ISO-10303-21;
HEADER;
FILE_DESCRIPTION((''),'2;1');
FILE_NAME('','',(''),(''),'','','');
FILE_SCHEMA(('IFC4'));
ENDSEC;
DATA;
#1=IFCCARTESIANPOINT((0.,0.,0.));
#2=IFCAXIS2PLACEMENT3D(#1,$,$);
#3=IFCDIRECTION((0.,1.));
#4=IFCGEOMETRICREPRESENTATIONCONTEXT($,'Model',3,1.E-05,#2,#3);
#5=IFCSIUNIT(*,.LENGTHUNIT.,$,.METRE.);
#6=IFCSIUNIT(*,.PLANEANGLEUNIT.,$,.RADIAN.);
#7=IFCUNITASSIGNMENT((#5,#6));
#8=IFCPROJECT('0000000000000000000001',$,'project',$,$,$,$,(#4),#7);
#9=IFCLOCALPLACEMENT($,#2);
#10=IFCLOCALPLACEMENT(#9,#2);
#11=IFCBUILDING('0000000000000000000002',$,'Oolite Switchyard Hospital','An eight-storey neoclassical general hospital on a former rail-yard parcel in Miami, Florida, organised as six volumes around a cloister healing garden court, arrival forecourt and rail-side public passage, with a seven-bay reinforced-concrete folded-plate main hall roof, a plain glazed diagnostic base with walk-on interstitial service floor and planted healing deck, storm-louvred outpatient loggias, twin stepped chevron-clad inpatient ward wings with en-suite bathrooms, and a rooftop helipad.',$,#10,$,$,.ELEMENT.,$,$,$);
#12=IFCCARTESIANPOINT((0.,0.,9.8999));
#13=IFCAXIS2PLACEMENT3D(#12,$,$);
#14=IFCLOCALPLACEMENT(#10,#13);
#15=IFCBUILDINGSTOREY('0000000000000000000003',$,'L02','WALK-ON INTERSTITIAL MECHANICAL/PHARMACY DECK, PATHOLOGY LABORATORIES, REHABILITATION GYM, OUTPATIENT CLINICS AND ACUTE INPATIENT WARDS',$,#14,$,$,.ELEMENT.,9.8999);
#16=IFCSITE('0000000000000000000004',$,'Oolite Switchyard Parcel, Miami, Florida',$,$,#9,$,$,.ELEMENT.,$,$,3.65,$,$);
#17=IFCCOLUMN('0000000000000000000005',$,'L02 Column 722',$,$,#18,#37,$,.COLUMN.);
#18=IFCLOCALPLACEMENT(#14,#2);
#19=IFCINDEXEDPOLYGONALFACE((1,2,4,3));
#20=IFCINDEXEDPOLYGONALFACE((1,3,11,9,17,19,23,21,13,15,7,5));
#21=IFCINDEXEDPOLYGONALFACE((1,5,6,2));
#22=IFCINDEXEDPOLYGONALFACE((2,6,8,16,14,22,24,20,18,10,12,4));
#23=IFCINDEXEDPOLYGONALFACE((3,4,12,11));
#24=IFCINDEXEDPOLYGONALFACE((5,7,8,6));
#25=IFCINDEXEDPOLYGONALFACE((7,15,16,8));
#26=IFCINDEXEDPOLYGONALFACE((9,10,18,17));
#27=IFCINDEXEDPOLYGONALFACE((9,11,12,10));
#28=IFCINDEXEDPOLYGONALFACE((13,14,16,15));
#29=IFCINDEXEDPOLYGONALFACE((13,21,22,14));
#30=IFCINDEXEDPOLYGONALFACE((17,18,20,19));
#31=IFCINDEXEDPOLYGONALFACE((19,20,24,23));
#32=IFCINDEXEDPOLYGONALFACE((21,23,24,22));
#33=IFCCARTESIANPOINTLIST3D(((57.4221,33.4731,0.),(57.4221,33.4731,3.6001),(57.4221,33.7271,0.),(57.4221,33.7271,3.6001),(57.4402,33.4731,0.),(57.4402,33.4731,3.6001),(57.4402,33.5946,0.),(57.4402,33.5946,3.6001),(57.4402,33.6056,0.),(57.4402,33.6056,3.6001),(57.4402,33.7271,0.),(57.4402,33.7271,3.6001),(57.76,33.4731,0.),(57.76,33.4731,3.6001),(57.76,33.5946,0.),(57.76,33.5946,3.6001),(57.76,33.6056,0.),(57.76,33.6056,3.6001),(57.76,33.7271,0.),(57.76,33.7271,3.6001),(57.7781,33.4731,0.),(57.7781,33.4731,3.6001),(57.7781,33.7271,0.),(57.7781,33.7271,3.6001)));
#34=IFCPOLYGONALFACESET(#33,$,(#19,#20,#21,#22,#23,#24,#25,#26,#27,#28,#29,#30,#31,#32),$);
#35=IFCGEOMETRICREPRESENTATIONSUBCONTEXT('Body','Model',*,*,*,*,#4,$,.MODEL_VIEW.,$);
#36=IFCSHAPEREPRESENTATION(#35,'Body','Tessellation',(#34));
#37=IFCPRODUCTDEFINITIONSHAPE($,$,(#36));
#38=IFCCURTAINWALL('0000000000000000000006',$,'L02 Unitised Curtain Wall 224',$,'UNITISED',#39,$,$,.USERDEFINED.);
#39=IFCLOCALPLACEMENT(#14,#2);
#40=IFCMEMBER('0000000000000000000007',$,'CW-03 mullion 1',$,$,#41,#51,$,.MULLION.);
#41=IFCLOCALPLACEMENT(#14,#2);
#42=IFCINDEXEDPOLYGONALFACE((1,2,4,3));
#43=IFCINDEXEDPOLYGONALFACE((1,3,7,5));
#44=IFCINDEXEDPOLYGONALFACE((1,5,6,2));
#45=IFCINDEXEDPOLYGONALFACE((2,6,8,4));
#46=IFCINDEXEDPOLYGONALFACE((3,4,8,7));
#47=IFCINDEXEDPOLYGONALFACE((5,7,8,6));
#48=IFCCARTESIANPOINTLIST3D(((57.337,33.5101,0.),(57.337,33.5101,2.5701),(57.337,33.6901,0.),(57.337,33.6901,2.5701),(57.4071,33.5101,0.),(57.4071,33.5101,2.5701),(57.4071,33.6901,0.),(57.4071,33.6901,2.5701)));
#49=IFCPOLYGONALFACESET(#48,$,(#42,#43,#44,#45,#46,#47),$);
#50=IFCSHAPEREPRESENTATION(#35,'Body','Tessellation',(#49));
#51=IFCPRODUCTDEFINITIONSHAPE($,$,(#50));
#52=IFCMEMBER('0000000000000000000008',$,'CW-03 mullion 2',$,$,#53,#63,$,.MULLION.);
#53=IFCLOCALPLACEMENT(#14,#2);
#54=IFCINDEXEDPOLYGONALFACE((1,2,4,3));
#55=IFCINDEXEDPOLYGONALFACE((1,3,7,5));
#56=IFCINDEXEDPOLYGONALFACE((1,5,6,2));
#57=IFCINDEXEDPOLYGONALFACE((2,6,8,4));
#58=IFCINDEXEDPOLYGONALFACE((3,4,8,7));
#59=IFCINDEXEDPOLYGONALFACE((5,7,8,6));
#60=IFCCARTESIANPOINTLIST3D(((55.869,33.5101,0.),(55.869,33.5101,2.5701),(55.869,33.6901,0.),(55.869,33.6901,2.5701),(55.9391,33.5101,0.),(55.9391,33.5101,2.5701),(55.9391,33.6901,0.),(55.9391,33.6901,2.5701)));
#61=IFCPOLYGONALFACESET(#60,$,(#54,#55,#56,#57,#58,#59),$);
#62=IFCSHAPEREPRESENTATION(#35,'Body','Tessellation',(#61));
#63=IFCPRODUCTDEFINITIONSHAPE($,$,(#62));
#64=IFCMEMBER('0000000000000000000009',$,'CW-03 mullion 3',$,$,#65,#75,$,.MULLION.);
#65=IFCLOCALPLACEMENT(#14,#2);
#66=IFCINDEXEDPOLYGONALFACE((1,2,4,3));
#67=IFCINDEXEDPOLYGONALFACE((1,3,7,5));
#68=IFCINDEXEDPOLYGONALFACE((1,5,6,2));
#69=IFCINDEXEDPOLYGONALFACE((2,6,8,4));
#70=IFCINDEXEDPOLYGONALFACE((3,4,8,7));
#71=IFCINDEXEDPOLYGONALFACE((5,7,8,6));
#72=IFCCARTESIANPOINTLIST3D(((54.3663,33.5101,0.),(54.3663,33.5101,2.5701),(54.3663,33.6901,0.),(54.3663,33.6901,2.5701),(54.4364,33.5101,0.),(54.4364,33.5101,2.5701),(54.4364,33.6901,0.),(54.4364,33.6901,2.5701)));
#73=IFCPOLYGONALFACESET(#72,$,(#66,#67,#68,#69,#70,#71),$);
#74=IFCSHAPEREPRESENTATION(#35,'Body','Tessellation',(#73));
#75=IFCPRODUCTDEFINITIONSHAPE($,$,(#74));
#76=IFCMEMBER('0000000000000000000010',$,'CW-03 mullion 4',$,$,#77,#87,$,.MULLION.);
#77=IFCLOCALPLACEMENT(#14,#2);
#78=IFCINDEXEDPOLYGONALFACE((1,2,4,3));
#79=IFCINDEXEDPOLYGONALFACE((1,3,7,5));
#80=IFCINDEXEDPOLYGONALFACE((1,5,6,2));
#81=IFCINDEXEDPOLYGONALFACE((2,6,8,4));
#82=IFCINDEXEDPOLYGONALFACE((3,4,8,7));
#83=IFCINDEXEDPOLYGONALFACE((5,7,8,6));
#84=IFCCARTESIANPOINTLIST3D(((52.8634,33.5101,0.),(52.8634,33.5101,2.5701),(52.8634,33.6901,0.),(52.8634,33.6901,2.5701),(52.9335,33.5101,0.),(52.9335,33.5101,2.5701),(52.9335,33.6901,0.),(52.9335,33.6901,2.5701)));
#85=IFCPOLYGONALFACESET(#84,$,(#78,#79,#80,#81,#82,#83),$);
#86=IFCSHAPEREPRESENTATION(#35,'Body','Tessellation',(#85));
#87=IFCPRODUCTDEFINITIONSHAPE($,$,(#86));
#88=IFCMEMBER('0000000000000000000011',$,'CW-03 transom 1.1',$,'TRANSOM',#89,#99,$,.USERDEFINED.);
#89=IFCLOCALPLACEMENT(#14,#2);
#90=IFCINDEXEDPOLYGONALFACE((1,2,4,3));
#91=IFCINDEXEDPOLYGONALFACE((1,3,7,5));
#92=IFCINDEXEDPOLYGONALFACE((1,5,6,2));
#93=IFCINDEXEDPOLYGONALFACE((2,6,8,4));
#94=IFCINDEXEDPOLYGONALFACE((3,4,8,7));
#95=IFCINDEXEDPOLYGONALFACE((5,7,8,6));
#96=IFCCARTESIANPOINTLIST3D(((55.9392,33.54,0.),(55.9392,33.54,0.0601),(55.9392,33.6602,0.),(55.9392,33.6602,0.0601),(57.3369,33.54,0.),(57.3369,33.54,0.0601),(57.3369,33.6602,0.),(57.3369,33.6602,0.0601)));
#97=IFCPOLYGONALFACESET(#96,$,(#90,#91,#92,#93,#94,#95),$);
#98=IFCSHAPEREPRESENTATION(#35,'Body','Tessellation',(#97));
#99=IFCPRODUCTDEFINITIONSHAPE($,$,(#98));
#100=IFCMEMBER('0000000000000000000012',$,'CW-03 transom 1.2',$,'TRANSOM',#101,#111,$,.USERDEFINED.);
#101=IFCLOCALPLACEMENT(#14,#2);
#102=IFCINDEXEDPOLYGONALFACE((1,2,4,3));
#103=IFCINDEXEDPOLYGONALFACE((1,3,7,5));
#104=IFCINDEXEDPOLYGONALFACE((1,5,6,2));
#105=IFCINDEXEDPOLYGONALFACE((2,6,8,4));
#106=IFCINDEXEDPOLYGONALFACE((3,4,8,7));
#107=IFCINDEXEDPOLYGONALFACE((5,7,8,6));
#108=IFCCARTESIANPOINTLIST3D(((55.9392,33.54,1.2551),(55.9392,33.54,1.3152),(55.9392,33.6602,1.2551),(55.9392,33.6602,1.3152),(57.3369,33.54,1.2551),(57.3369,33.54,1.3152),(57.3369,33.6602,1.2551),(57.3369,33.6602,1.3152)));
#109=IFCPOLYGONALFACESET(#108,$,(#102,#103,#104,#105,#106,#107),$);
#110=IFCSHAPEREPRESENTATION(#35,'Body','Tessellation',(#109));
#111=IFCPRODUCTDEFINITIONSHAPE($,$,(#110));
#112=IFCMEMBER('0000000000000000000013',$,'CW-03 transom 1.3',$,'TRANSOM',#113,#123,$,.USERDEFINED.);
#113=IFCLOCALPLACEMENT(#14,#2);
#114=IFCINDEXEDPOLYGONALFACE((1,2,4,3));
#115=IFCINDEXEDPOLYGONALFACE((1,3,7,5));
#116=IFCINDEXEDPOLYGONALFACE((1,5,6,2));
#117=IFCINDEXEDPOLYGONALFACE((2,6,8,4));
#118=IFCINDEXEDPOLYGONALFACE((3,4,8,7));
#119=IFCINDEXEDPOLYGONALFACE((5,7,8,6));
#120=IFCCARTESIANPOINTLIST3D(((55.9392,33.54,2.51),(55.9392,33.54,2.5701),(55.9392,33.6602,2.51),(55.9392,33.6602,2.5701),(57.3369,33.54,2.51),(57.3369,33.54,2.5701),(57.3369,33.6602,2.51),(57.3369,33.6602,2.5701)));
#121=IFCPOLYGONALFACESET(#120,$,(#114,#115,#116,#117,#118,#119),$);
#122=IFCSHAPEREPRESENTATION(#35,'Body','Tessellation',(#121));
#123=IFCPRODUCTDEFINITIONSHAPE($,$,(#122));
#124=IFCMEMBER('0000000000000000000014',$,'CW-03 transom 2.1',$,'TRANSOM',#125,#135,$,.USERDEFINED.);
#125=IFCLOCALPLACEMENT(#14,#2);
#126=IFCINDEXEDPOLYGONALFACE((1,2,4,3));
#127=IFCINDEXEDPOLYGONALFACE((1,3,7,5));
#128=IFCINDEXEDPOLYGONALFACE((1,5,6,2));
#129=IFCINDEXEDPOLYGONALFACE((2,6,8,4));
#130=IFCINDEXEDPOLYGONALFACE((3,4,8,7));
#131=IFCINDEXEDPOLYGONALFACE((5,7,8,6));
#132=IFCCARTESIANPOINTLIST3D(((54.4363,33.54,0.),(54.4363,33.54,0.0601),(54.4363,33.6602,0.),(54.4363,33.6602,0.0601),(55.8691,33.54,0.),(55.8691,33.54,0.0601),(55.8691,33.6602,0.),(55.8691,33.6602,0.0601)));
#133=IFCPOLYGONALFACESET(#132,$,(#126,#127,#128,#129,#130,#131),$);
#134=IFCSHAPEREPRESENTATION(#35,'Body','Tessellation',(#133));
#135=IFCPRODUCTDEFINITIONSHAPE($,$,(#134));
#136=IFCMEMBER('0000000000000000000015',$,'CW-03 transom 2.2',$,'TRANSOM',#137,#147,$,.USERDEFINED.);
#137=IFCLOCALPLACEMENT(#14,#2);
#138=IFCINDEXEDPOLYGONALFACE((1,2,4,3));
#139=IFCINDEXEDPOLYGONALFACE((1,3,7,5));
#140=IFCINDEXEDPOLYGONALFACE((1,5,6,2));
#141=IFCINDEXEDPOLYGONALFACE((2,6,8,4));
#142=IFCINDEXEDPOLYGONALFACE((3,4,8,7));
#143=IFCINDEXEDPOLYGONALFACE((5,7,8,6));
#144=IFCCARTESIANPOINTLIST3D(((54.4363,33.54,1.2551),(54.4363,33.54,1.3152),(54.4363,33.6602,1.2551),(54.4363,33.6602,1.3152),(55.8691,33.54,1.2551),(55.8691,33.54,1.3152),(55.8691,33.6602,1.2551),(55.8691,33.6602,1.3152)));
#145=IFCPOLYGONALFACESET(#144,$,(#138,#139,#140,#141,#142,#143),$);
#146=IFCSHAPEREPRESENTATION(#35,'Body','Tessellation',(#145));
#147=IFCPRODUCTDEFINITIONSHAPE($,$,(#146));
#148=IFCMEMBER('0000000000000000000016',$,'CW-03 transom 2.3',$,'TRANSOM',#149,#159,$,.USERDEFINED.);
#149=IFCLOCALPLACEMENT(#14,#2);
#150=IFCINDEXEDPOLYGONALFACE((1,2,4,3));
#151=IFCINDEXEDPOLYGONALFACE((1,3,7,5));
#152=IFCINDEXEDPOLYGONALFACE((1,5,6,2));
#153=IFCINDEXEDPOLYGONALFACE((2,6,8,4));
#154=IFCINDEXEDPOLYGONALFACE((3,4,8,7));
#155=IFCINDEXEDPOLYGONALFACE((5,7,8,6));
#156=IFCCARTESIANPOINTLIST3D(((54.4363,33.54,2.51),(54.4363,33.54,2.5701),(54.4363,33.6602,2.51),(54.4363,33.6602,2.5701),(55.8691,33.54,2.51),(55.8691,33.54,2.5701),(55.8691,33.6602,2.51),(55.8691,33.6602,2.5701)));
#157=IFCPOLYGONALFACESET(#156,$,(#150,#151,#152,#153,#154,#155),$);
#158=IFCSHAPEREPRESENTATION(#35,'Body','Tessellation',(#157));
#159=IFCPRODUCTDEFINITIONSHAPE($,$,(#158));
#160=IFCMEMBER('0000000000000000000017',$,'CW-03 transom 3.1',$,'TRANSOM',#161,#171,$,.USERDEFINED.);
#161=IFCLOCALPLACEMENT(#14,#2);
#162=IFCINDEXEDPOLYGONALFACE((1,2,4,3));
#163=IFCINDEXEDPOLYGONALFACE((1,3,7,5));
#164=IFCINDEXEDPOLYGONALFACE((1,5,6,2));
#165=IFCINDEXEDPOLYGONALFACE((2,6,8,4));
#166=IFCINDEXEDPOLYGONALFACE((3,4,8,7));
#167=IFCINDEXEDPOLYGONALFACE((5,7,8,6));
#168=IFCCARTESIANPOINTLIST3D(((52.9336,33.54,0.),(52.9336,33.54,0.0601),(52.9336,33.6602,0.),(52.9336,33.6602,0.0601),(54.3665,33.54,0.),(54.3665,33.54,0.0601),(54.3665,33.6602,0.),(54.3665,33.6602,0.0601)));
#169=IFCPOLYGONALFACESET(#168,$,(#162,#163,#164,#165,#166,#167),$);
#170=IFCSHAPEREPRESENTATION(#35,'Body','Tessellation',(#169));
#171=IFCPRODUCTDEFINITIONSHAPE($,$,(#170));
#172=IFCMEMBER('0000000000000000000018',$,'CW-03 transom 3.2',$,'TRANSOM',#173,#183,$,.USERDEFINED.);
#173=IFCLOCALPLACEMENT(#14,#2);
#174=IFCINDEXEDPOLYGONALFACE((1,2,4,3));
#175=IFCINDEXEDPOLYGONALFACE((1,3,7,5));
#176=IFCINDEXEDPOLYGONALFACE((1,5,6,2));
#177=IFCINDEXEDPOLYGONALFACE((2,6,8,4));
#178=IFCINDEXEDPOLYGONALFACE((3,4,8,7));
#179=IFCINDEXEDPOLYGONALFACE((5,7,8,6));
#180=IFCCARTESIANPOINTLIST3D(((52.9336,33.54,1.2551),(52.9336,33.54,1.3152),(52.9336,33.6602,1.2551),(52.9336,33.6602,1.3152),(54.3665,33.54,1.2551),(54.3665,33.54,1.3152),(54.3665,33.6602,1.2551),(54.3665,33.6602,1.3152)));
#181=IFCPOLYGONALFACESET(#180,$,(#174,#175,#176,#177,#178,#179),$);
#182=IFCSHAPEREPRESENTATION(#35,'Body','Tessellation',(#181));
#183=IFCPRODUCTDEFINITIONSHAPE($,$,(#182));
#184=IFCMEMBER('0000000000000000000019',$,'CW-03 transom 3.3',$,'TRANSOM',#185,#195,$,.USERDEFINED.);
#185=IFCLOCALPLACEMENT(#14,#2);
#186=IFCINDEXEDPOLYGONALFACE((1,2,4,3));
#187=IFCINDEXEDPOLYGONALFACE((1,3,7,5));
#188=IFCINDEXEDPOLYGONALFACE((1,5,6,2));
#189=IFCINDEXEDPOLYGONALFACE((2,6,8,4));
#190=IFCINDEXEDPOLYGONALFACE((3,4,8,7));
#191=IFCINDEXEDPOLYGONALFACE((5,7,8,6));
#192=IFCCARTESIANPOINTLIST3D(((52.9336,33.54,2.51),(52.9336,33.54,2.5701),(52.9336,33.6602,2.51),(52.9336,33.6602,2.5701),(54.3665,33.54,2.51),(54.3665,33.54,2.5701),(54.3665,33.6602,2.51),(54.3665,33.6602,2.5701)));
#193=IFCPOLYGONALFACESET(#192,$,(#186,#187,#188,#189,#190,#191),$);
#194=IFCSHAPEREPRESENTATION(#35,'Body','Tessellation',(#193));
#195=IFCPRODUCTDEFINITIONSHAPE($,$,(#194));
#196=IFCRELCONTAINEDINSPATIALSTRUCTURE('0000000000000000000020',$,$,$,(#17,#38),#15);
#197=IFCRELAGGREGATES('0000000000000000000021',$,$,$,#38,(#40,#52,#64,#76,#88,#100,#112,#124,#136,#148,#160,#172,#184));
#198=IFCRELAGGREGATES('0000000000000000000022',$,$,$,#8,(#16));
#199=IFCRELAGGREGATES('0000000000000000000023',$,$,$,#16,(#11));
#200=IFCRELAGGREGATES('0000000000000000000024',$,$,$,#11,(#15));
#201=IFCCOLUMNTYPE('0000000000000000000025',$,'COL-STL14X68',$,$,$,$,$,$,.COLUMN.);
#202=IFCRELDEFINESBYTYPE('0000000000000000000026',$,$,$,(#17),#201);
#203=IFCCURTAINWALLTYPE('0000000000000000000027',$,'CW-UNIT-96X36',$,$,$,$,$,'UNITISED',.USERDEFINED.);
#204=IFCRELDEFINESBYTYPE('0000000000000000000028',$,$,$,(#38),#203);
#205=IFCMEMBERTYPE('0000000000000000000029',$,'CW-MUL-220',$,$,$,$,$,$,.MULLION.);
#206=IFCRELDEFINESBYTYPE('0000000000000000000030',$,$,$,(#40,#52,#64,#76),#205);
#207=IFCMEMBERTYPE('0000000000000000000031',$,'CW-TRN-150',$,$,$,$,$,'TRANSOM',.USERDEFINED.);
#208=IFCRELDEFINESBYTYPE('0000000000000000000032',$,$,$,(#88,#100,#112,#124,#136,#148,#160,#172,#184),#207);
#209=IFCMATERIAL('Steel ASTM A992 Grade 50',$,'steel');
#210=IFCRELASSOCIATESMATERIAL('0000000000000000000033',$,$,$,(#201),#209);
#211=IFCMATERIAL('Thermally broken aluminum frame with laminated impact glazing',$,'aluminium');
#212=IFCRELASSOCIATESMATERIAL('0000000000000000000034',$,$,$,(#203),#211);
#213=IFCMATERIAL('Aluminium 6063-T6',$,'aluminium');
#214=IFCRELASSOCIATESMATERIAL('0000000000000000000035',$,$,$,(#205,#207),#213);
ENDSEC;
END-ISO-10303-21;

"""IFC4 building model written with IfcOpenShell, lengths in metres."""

from ifc_helpers import new_model, si_unit, direction, frame, origin, origin_2d, place, context, subcontext, project, spatial, rectangle, i_section, extrude, material, material_profile, profile_set, type_object, element, aggregate, save


model = new_model("IFC4")

# Units and contexts
model_context = context("Model", 3, precision=1e-05, world=origin(), true_north=direction((0.0, 1.0)))
body_context = subcontext(model_context, "Body", "Model", "MODEL_VIEW")
ifc_project = project(units=[si_unit("LENGTHUNIT", "METRE"), si_unit("PLANEANGLEUNIT", "RADIAN")], contexts=[model_context])

# Site, building, storey
site_placement = place(None, origin())
site = spatial("IfcSite", under=ifc_project, at=site_placement, Name="Oolite Switchyard Parcel, Miami, Florida", CompositionType="ELEMENT", RefElevation=3.65)
building_placement = place(site_placement, origin())
building = spatial("IfcBuilding", under=site, at=building_placement, Name="Oolite Switchyard Hospital", Description="An eight-storey neoclassical general hospital on a former rail-yard parcel in Miami, Florida, organised as six volumes around a cloister healing garden court, arrival forecourt and rail-side public passage, with a seven-bay reinforced-concrete folded-plate main hall roof, a plain glazed diagnostic base with walk-on interstitial service floor and planted healing deck, storm-louvred outpatient loggias, twin stepped chevron-clad inpatient ward wings with en-suite bathrooms, and a rooftop helipad.", CompositionType="ELEMENT")
storey_placement = place(building_placement, frame((0.0, 0.0, 9.8999)))
storey = spatial("IfcBuildingStorey", under=building, at=storey_placement, Name="L02", Description="WALK-ON INTERSTITIAL MECHANICAL/PHARMACY DECK, PATHOLOGY LABORATORIES, REHABILITATION GYM, OUTPATIENT CLINICS AND ACUTE INPATIENT WARDS", CompositionType="ELEMENT", Elevation=9.8999)

# Column
ifc_material_1 = material(Name="Steel ASTM A992 Grade 50", Category="steel")
ifc_material_profile_1 = material_profile(ifc_material_1, i_section(OverallWidth=0.2539, OverallDepth=0.356, WebThickness=0.011, FlangeThickness=0.0181, at=origin_2d()), Name="W14X68")
ifc_profile_set_1 = profile_set([ifc_material_profile_1], Name="Steel ASTM A992 Grade 50")
column_type = type_object("IfcColumnType", Name="COL-STL14X68", PredefinedType="COLUMN", material=ifc_profile_set_1)
column_placement = place(storey_placement, frame((57.6001, 33.6001, 0.0), z_axis=(0.0, 0.0, 1.0), x_axis=(0.0, -1.0, 0.0)))
element("IfcColumn", 1, at=column_placement, inside=storey, type_object=column_type, Name="L02 Column 722", PredefinedType="COLUMN", context=body_context, shape_type="SweptSolid", body=[
    extrude(i_section(OverallWidth=0.2539, OverallDepth=0.356, WebThickness=0.011, FlangeThickness=0.0181, at=origin_2d()), origin(), (0.0, 0.0, 1.0), 3.6001),
])

# Curtain wall, members
ifc_material_2 = material(Name="Thermally broken aluminum frame with laminated impact glazing", Category="aluminium")
curtain_wall_type = type_object("IfcCurtainWallType", Name="CW-UNIT-96X36", ElementType="UNITISED", PredefinedType="USERDEFINED", material=ifc_material_2)
curtain_wall_placement = place(storey_placement, origin())
curtain_wall = element("IfcCurtainWall", 2, at=curtain_wall_placement, inside=storey, type_object=curtain_wall_type, Name="L02 Unitised Curtain Wall 224", ObjectType="UNITISED", PredefinedType="USERDEFINED")
ifc_material_3 = material(Name="Aluminium 6063-T6", Category="aluminium")
ifc_material_profile_2 = material_profile(ifc_material_3, rectangle(XDim=0.1799, YDim=0.0701, at=origin_2d()), Name="CWM70X180")
ifc_profile_set_2 = profile_set([ifc_material_profile_2], Name="Aluminium 6063-T6")
member_type_1 = type_object("IfcMemberType", Name="CW-MUL-220", PredefinedType="MULLION", material=ifc_profile_set_2)
member_1_placement = place(storey_placement, frame((57.3721, 33.6001, 0.0), z_axis=(0.0, 0.0, 1.0), x_axis=(0.0, -1.0, 0.0)))
member_1 = element("IfcMember", 3, at=member_1_placement, type_object=member_type_1, Name="CW-03 mullion 1", PredefinedType="MULLION", context=body_context, shape_type="SweptSolid", body=[
    extrude(rectangle(XDim=0.1799, YDim=0.0701, at=origin_2d()), origin(), (0.0, 0.0, 1.0), 2.5701),
])
member_2_placement = place(storey_placement, frame((55.9041, 33.6001, 0.0), z_axis=(0.0, 0.0, 1.0), x_axis=(0.0, -1.0, 0.0)))
member_2 = element("IfcMember", 4, at=member_2_placement, type_object=member_type_1, Name="CW-03 mullion 2", PredefinedType="MULLION", context=body_context, shape_type="SweptSolid", body=[
    extrude(rectangle(XDim=0.1799, YDim=0.0701, at=origin_2d()), origin(), (0.0, 0.0, 1.0), 2.5701),
])
member_3_placement = place(storey_placement, frame((54.4014, 33.6001, 0.0), z_axis=(0.0, 0.0, 1.0), x_axis=(0.0, -1.0, 0.0)))
member_3 = element("IfcMember", 5, at=member_3_placement, type_object=member_type_1, Name="CW-03 mullion 3", PredefinedType="MULLION", context=body_context, shape_type="SweptSolid", body=[
    extrude(rectangle(XDim=0.1799, YDim=0.0701, at=origin_2d()), origin(), (0.0, 0.0, 1.0), 2.5701),
])
member_4_placement = place(storey_placement, frame((52.8984, 33.6001, 0.0), z_axis=(0.0, 0.0, 1.0), x_axis=(0.0, -1.0, 0.0)))
member_4 = element("IfcMember", 6, at=member_4_placement, type_object=member_type_1, Name="CW-03 mullion 4", PredefinedType="MULLION", context=body_context, shape_type="SweptSolid", body=[
    extrude(rectangle(XDim=0.1799, YDim=0.0701, at=origin_2d()), origin(), (0.0, 0.0, 1.0), 2.5701),
])
ifc_material_profile_3 = material_profile(ifc_material_3, rectangle(XDim=0.1201, YDim=0.0601, at=origin_2d()), Name="CWT60X120")
ifc_profile_set_3 = profile_set([ifc_material_profile_3], Name="Aluminium 6063-T6")
member_type_2 = type_object("IfcMemberType", Name="CW-TRN-150", ElementType="TRANSOM", PredefinedType="USERDEFINED", material=ifc_profile_set_3)
member_5_placement = place(storey_placement, frame((57.3369, 33.6001, 0.03), z_axis=(-1.0, 0.0, 0.0), x_axis=(0.0, -1.0, 0.0)))
member_5 = element("IfcMember", 7, at=member_5_placement, type_object=member_type_2, Name="CW-03 transom 1.1", ObjectType="TRANSOM", PredefinedType="USERDEFINED", context=body_context, shape_type="SweptSolid", body=[
    extrude(rectangle(XDim=0.1201, YDim=0.0601, at=origin_2d()), origin(), (0.0, 0.0, 1.0), 1.3977),
])
member_6_placement = place(storey_placement, frame((57.3369, 33.6001, 1.2852), z_axis=(-1.0, 0.0, 0.0), x_axis=(0.0, -1.0, 0.0)))
member_6 = element("IfcMember", 8, at=member_6_placement, type_object=member_type_2, Name="CW-03 transom 1.2", ObjectType="TRANSOM", PredefinedType="USERDEFINED", context=body_context, shape_type="SweptSolid", body=[
    extrude(rectangle(XDim=0.1201, YDim=0.0601, at=origin_2d()), origin(), (0.0, 0.0, 1.0), 1.3977),
])
member_7_placement = place(storey_placement, frame((57.3369, 33.6001, 2.54), z_axis=(-1.0, 0.0, 0.0), x_axis=(0.0, -1.0, 0.0)))
member_7 = element("IfcMember", 9, at=member_7_placement, type_object=member_type_2, Name="CW-03 transom 1.3", ObjectType="TRANSOM", PredefinedType="USERDEFINED", context=body_context, shape_type="SweptSolid", body=[
    extrude(rectangle(XDim=0.1201, YDim=0.0601, at=origin_2d()), origin(), (0.0, 0.0, 1.0), 1.3977),
])
member_8_placement = place(storey_placement, frame((55.8691, 33.6001, 0.03), z_axis=(-1.0, 0.0, 0.0), x_axis=(0.0, -1.0, 0.0)))
member_8 = element("IfcMember", 10, at=member_8_placement, type_object=member_type_2, Name="CW-03 transom 2.1", ObjectType="TRANSOM", PredefinedType="USERDEFINED", context=body_context, shape_type="SweptSolid", body=[
    extrude(rectangle(XDim=0.1201, YDim=0.0601, at=origin_2d()), origin(), (0.0, 0.0, 1.0), 1.4329),
])
member_9_placement = place(storey_placement, frame((55.8691, 33.6001, 1.2852), z_axis=(-1.0, 0.0, 0.0), x_axis=(0.0, -1.0, 0.0)))
member_9 = element("IfcMember", 11, at=member_9_placement, type_object=member_type_2, Name="CW-03 transom 2.2", ObjectType="TRANSOM", PredefinedType="USERDEFINED", context=body_context, shape_type="SweptSolid", body=[
    extrude(rectangle(XDim=0.1201, YDim=0.0601, at=origin_2d()), origin(), (0.0, 0.0, 1.0), 1.4329),
])
member_10_placement = place(storey_placement, frame((55.8691, 33.6001, 2.54), z_axis=(-1.0, 0.0, 0.0), x_axis=(0.0, -1.0, 0.0)))
member_10 = element("IfcMember", 12, at=member_10_placement, type_object=member_type_2, Name="CW-03 transom 2.3", ObjectType="TRANSOM", PredefinedType="USERDEFINED", context=body_context, shape_type="SweptSolid", body=[
    extrude(rectangle(XDim=0.1201, YDim=0.0601, at=origin_2d()), origin(), (0.0, 0.0, 1.0), 1.4329),
])
member_11_placement = place(storey_placement, frame((54.3665, 33.6001, 0.03), z_axis=(-1.0, 0.0, 0.0), x_axis=(0.0, -1.0, 0.0)))
member_11 = element("IfcMember", 13, at=member_11_placement, type_object=member_type_2, Name="CW-03 transom 3.1", ObjectType="TRANSOM", PredefinedType="USERDEFINED", context=body_context, shape_type="SweptSolid", body=[
    extrude(rectangle(XDim=0.1201, YDim=0.0601, at=origin_2d()), origin(), (0.0, 0.0, 1.0), 1.4329),
])
member_12_placement = place(storey_placement, frame((54.3665, 33.6001, 1.2852), z_axis=(-1.0, 0.0, 0.0), x_axis=(0.0, -1.0, 0.0)))
member_12 = element("IfcMember", 14, at=member_12_placement, type_object=member_type_2, Name="CW-03 transom 3.2", ObjectType="TRANSOM", PredefinedType="USERDEFINED", context=body_context, shape_type="SweptSolid", body=[
    extrude(rectangle(XDim=0.1201, YDim=0.0601, at=origin_2d()), origin(), (0.0, 0.0, 1.0), 1.4329),
])
member_13_placement = place(storey_placement, frame((54.3665, 33.6001, 2.54), z_axis=(-1.0, 0.0, 0.0), x_axis=(0.0, -1.0, 0.0)))
member_13 = element("IfcMember", 15, at=member_13_placement, type_object=member_type_2, Name="CW-03 transom 3.3", ObjectType="TRANSOM", PredefinedType="USERDEFINED", context=body_context, shape_type="SweptSolid", body=[
    extrude(rectangle(XDim=0.1201, YDim=0.0601, at=origin_2d()), origin(), (0.0, 0.0, 1.0), 1.4329),
])
aggregate(curtain_wall, [member_1, member_2, member_3, member_4, member_5, member_6, member_7, member_8, member_9, member_10, member_11, member_12, member_13])

save(model, "model.ifc")
